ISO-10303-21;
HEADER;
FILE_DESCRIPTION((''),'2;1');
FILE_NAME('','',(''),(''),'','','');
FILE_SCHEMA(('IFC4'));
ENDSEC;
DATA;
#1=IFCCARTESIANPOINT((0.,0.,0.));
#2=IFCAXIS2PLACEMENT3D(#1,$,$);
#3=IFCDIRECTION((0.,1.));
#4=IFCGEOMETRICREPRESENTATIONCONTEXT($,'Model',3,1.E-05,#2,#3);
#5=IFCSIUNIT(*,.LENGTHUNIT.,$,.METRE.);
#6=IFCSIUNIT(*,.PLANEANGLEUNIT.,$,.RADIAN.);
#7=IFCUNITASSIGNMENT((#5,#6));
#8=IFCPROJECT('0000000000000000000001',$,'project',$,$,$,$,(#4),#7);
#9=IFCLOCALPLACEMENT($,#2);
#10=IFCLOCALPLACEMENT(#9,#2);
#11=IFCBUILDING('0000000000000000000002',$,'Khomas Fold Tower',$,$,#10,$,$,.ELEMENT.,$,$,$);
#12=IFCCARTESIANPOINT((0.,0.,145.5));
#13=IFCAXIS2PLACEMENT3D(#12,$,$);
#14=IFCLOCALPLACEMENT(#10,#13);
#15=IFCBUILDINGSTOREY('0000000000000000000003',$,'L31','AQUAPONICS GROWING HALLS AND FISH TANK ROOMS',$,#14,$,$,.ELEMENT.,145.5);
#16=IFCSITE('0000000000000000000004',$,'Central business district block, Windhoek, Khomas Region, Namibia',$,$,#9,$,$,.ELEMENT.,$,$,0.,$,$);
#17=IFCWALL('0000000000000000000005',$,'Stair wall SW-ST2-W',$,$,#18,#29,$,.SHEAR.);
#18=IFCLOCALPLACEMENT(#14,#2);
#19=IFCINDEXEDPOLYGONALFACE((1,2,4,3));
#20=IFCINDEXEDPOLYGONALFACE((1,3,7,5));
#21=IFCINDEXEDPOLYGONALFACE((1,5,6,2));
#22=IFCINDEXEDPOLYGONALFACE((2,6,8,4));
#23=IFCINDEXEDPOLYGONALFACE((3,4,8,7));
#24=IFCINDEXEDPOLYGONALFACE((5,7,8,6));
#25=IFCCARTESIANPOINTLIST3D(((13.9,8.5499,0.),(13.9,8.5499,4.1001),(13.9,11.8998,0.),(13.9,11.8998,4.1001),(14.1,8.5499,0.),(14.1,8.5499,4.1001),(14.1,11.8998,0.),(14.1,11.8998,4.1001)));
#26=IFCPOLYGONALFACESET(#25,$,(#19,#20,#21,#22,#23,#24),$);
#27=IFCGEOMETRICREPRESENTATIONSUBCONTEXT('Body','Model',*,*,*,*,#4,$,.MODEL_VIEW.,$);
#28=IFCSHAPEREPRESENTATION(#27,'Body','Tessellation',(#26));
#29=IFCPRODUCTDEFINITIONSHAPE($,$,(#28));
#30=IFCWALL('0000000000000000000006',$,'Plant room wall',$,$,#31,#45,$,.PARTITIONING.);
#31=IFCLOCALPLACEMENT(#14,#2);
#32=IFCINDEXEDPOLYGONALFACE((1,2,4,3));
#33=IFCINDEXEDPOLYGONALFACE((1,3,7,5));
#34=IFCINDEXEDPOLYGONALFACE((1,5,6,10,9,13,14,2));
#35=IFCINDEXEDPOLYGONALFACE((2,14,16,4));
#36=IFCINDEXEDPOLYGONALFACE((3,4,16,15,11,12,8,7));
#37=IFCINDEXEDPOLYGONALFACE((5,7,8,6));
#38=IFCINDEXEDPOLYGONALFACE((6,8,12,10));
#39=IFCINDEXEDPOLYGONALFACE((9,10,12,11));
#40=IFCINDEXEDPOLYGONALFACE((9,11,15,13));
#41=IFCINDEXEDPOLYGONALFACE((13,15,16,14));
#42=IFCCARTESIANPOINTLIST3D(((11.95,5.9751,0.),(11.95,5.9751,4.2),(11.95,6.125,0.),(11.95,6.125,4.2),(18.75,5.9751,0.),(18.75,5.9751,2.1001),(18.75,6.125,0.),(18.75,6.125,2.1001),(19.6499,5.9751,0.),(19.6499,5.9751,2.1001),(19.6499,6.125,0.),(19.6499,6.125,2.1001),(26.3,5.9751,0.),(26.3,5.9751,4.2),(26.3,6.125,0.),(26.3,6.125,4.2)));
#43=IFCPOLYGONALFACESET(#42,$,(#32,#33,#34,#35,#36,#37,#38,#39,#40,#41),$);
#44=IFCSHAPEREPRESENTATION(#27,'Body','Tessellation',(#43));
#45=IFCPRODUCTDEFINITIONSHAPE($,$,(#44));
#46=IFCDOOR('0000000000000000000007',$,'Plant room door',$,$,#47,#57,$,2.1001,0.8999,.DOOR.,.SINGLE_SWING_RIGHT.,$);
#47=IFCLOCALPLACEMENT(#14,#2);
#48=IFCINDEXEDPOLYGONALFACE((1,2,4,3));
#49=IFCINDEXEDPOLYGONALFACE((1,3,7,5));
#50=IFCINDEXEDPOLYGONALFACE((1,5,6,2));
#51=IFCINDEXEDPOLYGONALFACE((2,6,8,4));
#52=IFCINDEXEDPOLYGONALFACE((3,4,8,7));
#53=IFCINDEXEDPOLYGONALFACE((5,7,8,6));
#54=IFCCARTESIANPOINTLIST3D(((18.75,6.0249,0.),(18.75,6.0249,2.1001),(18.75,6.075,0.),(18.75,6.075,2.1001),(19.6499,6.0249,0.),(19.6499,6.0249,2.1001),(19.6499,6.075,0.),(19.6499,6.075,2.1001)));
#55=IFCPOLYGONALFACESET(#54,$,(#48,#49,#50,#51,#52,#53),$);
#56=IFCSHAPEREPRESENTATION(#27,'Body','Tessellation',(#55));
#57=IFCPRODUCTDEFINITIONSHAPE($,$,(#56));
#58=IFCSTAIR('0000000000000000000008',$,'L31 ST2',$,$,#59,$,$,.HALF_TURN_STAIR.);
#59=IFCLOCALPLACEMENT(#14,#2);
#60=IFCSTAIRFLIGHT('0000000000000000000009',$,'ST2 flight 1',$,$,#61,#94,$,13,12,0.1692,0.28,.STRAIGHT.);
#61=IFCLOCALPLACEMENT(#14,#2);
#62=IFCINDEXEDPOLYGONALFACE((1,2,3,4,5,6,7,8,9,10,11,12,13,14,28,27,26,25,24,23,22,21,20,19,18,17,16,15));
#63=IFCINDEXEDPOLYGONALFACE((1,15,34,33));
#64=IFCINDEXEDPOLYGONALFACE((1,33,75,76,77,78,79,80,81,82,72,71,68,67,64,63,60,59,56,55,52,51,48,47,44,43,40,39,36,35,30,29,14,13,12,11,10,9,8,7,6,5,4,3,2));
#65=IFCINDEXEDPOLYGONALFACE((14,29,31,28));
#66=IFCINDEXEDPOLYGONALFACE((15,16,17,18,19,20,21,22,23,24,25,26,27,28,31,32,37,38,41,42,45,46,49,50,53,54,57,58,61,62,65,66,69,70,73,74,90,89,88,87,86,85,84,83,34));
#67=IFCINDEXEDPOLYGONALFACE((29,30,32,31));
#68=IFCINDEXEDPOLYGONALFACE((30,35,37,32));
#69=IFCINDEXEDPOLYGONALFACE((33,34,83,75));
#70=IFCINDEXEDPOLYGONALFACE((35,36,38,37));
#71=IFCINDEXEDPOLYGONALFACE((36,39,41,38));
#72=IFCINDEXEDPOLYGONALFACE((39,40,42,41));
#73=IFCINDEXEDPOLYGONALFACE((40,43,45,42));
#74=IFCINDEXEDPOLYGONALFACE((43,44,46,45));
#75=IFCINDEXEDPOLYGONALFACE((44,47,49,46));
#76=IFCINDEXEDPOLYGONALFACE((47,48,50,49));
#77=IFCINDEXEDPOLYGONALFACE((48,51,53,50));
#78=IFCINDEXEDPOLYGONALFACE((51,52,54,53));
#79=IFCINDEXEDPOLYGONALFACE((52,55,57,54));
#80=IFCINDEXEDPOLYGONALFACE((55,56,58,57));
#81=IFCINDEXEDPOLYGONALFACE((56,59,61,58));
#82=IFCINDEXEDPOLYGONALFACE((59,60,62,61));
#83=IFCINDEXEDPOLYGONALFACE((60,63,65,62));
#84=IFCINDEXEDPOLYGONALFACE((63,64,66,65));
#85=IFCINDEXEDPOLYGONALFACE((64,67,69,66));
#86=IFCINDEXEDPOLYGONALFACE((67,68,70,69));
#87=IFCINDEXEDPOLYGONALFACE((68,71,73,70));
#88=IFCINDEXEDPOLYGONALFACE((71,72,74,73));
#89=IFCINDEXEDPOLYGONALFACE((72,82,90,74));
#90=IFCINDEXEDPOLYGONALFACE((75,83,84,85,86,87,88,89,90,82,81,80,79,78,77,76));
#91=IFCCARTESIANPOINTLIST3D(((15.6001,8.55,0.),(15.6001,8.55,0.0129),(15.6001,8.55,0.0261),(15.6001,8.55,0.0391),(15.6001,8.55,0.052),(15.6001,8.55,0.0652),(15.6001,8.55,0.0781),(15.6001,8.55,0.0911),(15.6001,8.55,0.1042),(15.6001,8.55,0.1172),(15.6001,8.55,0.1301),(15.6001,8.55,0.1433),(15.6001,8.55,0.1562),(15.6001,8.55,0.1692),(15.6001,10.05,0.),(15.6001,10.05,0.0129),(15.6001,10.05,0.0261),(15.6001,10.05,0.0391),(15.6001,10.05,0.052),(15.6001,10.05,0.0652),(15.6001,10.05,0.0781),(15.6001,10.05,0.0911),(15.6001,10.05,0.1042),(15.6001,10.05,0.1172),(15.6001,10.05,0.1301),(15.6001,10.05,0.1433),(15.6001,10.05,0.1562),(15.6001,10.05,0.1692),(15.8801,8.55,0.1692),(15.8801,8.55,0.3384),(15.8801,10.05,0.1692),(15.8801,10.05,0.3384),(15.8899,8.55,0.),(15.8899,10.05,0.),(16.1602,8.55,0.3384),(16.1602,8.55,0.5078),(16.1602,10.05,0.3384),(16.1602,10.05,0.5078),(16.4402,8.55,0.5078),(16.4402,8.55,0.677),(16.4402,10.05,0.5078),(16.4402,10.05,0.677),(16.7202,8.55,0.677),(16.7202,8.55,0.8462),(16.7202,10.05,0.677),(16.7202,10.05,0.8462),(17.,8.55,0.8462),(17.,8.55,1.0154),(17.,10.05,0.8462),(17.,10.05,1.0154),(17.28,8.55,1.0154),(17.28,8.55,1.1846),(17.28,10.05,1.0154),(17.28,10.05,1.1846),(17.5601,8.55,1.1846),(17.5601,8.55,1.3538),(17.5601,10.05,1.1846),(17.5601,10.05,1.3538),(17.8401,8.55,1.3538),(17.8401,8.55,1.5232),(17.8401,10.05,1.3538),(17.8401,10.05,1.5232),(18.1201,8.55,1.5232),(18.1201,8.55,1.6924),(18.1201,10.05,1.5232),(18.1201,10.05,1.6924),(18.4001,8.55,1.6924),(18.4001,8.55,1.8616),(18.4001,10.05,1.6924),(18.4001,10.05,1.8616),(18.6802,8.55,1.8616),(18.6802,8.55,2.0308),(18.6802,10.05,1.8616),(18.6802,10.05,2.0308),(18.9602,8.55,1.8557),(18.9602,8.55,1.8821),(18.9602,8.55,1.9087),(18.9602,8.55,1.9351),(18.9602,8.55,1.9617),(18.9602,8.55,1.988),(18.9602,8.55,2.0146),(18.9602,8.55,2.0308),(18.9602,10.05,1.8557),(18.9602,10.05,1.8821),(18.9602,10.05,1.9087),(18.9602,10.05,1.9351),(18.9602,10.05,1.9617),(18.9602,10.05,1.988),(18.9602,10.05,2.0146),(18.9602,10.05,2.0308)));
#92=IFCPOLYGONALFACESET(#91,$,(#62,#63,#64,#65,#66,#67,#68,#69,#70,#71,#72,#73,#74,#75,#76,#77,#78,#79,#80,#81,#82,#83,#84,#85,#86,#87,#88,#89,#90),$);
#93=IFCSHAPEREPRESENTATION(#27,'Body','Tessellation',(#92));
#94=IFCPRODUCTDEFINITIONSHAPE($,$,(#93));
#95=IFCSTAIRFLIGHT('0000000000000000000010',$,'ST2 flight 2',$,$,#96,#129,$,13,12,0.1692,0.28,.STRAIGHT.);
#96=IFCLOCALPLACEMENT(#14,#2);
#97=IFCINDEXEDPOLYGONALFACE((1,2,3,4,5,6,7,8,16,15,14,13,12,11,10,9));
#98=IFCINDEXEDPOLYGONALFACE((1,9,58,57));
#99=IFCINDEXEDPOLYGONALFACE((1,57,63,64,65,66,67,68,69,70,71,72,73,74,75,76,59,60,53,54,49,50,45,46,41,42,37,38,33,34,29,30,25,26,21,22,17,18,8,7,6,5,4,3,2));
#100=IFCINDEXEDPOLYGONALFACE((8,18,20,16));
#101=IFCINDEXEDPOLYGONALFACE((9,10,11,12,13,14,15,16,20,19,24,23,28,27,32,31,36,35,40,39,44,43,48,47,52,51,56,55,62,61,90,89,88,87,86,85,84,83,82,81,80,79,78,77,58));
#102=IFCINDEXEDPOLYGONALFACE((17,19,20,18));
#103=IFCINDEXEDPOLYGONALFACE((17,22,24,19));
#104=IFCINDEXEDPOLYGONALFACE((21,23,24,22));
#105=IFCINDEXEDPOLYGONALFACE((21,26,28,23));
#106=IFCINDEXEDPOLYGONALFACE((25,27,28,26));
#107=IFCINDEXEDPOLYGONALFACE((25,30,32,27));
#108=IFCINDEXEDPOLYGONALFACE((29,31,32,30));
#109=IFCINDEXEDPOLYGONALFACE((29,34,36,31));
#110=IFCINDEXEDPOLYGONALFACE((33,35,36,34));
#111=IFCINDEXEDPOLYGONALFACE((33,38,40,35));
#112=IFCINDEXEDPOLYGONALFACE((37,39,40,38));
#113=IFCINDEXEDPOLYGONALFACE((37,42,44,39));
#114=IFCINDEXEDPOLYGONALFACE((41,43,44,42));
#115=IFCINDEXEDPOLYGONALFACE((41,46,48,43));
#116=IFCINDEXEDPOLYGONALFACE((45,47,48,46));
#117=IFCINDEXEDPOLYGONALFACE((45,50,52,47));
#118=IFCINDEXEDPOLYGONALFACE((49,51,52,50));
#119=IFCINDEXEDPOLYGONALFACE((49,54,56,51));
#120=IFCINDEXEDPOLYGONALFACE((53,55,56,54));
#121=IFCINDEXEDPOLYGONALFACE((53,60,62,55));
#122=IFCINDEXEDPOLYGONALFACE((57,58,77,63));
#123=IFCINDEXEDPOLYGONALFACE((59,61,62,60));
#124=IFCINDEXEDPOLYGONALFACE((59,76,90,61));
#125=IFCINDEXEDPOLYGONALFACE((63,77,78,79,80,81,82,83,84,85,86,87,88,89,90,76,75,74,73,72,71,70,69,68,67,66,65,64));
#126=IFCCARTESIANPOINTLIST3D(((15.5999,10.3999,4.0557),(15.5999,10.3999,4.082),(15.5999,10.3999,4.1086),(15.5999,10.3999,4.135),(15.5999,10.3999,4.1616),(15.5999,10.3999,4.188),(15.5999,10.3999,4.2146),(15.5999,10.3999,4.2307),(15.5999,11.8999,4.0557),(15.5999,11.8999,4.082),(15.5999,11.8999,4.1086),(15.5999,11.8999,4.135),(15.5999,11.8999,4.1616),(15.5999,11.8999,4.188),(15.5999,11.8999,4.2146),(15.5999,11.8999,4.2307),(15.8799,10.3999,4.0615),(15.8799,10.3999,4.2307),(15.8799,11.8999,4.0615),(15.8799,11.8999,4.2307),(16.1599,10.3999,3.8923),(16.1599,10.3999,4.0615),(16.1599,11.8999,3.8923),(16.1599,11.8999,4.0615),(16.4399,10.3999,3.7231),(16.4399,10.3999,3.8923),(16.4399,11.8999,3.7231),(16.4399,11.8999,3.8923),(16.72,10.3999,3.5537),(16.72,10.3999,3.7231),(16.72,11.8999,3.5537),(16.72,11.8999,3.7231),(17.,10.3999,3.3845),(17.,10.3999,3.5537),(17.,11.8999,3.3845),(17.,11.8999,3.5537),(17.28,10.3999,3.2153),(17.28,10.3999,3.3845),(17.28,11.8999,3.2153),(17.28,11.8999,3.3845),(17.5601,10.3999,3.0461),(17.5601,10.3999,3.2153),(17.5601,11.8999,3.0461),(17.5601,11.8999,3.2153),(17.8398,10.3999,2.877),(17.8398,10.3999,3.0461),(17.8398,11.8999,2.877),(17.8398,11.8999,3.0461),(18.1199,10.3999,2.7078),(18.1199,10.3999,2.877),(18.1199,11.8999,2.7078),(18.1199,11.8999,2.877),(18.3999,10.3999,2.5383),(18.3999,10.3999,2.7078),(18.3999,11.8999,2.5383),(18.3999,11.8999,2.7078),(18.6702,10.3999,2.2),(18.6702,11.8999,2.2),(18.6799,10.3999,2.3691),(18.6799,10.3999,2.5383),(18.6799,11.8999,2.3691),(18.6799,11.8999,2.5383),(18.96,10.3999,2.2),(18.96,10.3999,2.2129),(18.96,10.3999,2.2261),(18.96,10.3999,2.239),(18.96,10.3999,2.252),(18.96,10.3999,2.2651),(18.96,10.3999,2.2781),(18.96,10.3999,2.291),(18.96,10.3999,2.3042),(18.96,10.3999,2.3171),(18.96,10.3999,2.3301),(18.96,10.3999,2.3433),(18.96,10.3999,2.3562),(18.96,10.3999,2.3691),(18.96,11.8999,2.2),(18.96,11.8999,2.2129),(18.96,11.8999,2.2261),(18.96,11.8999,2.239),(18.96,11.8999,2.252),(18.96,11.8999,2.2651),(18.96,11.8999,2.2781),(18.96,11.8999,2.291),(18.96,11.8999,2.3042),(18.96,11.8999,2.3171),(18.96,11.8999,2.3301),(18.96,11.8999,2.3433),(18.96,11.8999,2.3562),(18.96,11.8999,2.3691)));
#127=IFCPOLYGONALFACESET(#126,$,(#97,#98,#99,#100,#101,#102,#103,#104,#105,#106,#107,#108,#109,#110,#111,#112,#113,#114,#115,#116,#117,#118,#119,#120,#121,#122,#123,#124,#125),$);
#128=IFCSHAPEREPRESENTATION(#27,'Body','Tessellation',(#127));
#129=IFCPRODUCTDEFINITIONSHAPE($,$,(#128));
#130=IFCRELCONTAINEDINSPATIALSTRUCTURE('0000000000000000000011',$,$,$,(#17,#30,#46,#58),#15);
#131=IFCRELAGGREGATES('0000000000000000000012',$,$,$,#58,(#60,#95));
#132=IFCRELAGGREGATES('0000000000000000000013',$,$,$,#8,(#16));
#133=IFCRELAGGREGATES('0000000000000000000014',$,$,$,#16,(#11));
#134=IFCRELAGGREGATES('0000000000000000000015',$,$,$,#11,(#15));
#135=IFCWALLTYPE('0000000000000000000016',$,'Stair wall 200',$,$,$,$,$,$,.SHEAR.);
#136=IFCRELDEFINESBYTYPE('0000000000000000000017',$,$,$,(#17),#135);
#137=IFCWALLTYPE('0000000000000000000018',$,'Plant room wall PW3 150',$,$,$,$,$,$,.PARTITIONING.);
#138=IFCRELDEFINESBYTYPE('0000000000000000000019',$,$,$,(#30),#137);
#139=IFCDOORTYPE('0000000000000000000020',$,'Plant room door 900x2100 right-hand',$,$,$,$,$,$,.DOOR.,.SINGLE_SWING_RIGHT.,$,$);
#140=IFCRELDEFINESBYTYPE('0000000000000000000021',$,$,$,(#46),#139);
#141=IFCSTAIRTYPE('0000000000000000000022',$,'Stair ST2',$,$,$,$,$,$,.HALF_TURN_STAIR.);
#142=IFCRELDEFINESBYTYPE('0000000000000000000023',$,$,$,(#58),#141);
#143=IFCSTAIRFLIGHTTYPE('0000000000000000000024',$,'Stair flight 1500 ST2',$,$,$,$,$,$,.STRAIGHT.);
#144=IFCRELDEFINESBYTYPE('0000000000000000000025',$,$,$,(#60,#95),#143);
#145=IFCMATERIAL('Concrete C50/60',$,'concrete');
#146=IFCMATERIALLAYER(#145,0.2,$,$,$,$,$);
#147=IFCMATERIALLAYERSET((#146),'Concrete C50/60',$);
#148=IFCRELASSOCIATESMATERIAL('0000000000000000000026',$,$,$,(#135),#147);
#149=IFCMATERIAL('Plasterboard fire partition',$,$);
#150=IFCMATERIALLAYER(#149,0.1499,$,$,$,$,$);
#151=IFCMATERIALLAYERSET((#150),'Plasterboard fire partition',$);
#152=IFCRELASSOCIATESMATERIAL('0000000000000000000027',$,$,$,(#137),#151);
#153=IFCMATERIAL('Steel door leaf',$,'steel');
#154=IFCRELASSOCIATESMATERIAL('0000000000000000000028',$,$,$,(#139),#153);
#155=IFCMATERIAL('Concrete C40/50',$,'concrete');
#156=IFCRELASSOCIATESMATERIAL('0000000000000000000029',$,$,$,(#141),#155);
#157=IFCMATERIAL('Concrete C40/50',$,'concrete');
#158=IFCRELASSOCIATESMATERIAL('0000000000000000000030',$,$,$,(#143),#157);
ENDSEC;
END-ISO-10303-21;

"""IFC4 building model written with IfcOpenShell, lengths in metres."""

from ifc_helpers import new_model, si_unit, direction, frame, frame_2d, origin, place, context, subcontext, project, spatial, polyline, rectangle, outline, extrude, source, transform, mapped, material, layer, layer_set, type_object, element, fill, aggregate, save


model = new_model("IFC4")

# Units and contexts
model_context = context("Model", 3, precision=1e-05, world=origin(), true_north=direction((0.0, 1.0)))
body_context = subcontext(model_context, "Body", "Model", "MODEL_VIEW")
ifc_project = project(units=[si_unit("LENGTHUNIT", "METRE"), si_unit("PLANEANGLEUNIT", "RADIAN")], contexts=[model_context])

# Site, building, storey
site_placement = place(None, origin())
site = spatial("IfcSite", under=ifc_project, at=site_placement, Name="Central business district block, Windhoek, Khomas Region, Namibia", CompositionType="ELEMENT", RefElevation=0.0)
building_placement = place(site_placement, origin())
building = spatial("IfcBuilding", under=site, at=building_placement, Name="Khomas Fold Tower", CompositionType="ELEMENT")
storey_placement = place(building_placement, frame((0.0, 0.0, 145.5)))
storey = spatial("IfcBuildingStorey", under=building, at=storey_placement, Name="L31", Description="AQUAPONICS GROWING HALLS AND FISH TANK ROOMS", CompositionType="ELEMENT", Elevation=145.5)

# Shared definitions
ifc_material_1 = material(Name="Concrete C50/60", Category="concrete")
ifc_layer_1 = layer(ifc_material_1, 0.2)
ifc_layer_set_1 = layer_set([ifc_layer_1], Name="Concrete C50/60")
wall_type_1 = type_object("IfcWallType", Name="Stair wall 200", PredefinedType="SHEAR", material=ifc_layer_set_1)

# Wall
shared_shape_1 = source(origin(), body_context, "Body", "SweptSolid", [
    extrude(rectangle(XDim=3.3499, YDim=0.2, at=frame_2d((1.6748, 0.0))), origin(), (0.0, 0.0, 1.0), 4.1001),
])
wall_1_placement = place(storey_placement, frame((14.0, 8.55, 0.0), z_axis=(0.0, 0.0, 1.0), x_axis=(0.0, 1.0, 0.0)))
element("IfcWall", 1, at=wall_1_placement, inside=storey, type_object=wall_type_1, Name="Stair wall SW-ST2-W", PredefinedType="SHEAR", context=body_context, shape_type="MappedRepresentation", body=[
    mapped(shared_shape_1, transform((0.0, 0.0, 0.0))),
])

# Wall, opening, door
ifc_material_2 = material(Name="Plasterboard fire partition")
ifc_layer_2 = layer(ifc_material_2, 0.1499)
ifc_layer_set_2 = layer_set([ifc_layer_2], Name="Plasterboard fire partition")
wall_type_2 = type_object("IfcWallType", Name="Plant room wall PW3 150", PredefinedType="PARTITIONING", material=ifc_layer_set_2)
shared_shape_2 = source(origin(), body_context, "Body", "SweptSolid", [
    extrude(rectangle(XDim=14.3501, YDim=0.1499, at=frame_2d((7.175, 0.0))), origin(), (0.0, 0.0, 1.0), 4.2),
])
wall_2_placement = place(storey_placement, frame((11.95, 6.05, 0.0), z_axis=(0.0, 0.0, 1.0), x_axis=(1.0, 0.0, 0.0)))
wall_2 = element("IfcWall", 2, at=wall_2_placement, inside=storey, type_object=wall_type_2, Name="Plant room wall", PredefinedType="PARTITIONING", context=body_context, shape_type="MappedRepresentation", body=[
    mapped(shared_shape_2, transform((0.0, 0.0, 0.0))),
])
shared_shape_3 = source(origin(), body_context, "Body", "SweptSolid", [
    extrude(rectangle(XDim=0.8999, YDim=2.1001, at=frame_2d((0.45, 1.05))), frame((0.0, 0.085, 0.0), z_axis=(0.0, -1.0, 0.0), x_axis=(1.0, 0.0, 0.0)), (0.0, 0.0, 1.0), 0.1699),
])
opening_1_placement = place(wall_2_placement, frame((6.8, 0.0, 0.0)))
opening_1 = element("IfcOpeningElement", 3, at=opening_1_placement, cuts=wall_2, PredefinedType="OPENING", context=body_context, shape_type="MappedRepresentation", body=[
    mapped(shared_shape_3, transform((0.0, 0.0, 0.0))),
])
ifc_material_3 = material(Name="Steel door leaf", Category="steel")
door_type_1 = type_object("IfcDoorType", Name="Plant room door 900x2100 right-hand", OperationType="SINGLE_SWING_RIGHT", PredefinedType="DOOR", material=ifc_material_3)
shared_shape_4 = source(origin(), body_context, "Body", "SweptSolid", [
    extrude(rectangle(XDim=0.8999, YDim=2.1001, at=frame_2d((0.45, 1.05))), frame((0.0, 0.0249, 0.0), z_axis=(0.0, -1.0, 0.0), x_axis=(1.0, 0.0, 0.0)), (0.0, 0.0, 1.0), 0.05),
])
door_1_placement = place(opening_1_placement, origin())
door_1 = element("IfcDoor", 4, at=door_1_placement, inside=storey, type_object=door_type_1, Name="Plant room door", OperationType="SINGLE_SWING_RIGHT", OverallHeight=2.1001, OverallWidth=0.8999, PredefinedType="DOOR", context=body_context, shape_type="MappedRepresentation", body=[
    mapped(shared_shape_4, transform((0.0, 0.0, 0.0))),
])
fill(opening_1, door_1)

# Stair, stair flights
ifc_material_4 = material(Name="Concrete C40/50", Category="concrete")
stair_type = type_object("IfcStairType", Name="Stair ST2", PredefinedType="HALF_TURN_STAIR", material=ifc_material_4)
stair_placement = place(storey_placement, origin())
stair = element("IfcStair", 5, at=stair_placement, inside=storey, type_object=stair_type, Name="L31 ST2", PredefinedType="HALF_TURN_STAIR")
ifc_material_5 = material(Name="Concrete C40/50", Category="concrete")
stair_flight_type = type_object("IfcStairFlightType", Name="Stair flight 1500 ST2", PredefinedType="STRAIGHT", material=ifc_material_5)
shared_shape_5 = source(origin(), body_context, "Body", "SweptSolid", [
    extrude(outline(polyline([(0.0, 0.0), (0.0, 0.0129), (0.0, 0.0261), (0.0, 0.0391), (0.0, 0.052), (0.0, 0.0652), (0.0, 0.0781), (0.0, 0.0911), (0.0, 0.1042), (0.0, 0.1172), (0.0, 0.1301), (0.0, 0.1433), (0.0, 0.1562), (0.0, 0.1692), (0.28, 0.1692), (0.28, 0.3384), (0.5601, 0.3384), (0.5601, 0.5078), (0.8401, 0.5078), (0.8401, 0.677), (1.1201, 0.677), (1.1201, 0.8462), (1.3999, 0.8462), (1.3999, 1.0154), (1.6799, 1.0154), (1.6799, 1.1846), (1.96, 1.1846), (1.96, 1.3538), (2.24, 1.3538), (2.24, 1.5232), (2.52, 1.5232), (2.52, 1.6924), (2.8, 1.6924), (2.8, 1.8616), (3.0801, 1.8616), (3.0801, 2.0308), (3.3601, 2.0308), (3.3601, 2.2), (3.3601, 2.1736), (3.3601, 2.147), (3.3601, 2.1206), (3.3601, 2.094), (3.3601, 2.0676), (3.3601, 2.041), (3.3601, 2.0146), (3.3601, 1.988), (3.3601, 1.9617), (3.3601, 1.9351), (3.3601, 1.9087), (3.3601, 1.8821), (3.3601, 1.8557), (0.2898, 0.0), (0.0, 0.0)])), frame((0.0, 0.75, 0.0), z_axis=(0.0, -1.0, 0.0), x_axis=(1.0, 0.0, 0.0)), (0.0, 0.0, 1.0), 1.5),
])
stair_flight_1_placement = place(storey_placement, frame((15.6001, 9.3, 0.0), z_axis=(0.0, 0.0, 1.0), x_axis=(1.0, 0.0, 0.0)))
stair_flight_1 = element("IfcStairFlight", 6, at=stair_flight_1_placement, type_object=stair_flight_type, Name="ST2 flight 1", NumberOfRisers=13, NumberOfTreads=12, PredefinedType="STRAIGHT", RiserHeight=0.1692, TreadLength=0.28, context=body_context, shape_type="MappedRepresentation", body=[
    mapped(shared_shape_5, transform((0.0, 0.0, 0.0))),
])
stair_flight_2_placement = place(storey_placement, frame((18.96, 11.1499, 2.2), z_axis=(0.0, 0.0, 1.0), x_axis=(-1.0, 0.0, 0.0)))
stair_flight_2 = element("IfcStairFlight", 7, at=stair_flight_2_placement, type_object=stair_flight_type, Name="ST2 flight 2", NumberOfRisers=13, NumberOfTreads=12, PredefinedType="STRAIGHT", RiserHeight=0.1692, TreadLength=0.28, context=body_context, shape_type="MappedRepresentation", body=[
    mapped(shared_shape_5, transform((0.0, 0.0, 0.0))),
])
aggregate(stair, [stair_flight_1, stair_flight_2])

save(model, "model.ifc")
